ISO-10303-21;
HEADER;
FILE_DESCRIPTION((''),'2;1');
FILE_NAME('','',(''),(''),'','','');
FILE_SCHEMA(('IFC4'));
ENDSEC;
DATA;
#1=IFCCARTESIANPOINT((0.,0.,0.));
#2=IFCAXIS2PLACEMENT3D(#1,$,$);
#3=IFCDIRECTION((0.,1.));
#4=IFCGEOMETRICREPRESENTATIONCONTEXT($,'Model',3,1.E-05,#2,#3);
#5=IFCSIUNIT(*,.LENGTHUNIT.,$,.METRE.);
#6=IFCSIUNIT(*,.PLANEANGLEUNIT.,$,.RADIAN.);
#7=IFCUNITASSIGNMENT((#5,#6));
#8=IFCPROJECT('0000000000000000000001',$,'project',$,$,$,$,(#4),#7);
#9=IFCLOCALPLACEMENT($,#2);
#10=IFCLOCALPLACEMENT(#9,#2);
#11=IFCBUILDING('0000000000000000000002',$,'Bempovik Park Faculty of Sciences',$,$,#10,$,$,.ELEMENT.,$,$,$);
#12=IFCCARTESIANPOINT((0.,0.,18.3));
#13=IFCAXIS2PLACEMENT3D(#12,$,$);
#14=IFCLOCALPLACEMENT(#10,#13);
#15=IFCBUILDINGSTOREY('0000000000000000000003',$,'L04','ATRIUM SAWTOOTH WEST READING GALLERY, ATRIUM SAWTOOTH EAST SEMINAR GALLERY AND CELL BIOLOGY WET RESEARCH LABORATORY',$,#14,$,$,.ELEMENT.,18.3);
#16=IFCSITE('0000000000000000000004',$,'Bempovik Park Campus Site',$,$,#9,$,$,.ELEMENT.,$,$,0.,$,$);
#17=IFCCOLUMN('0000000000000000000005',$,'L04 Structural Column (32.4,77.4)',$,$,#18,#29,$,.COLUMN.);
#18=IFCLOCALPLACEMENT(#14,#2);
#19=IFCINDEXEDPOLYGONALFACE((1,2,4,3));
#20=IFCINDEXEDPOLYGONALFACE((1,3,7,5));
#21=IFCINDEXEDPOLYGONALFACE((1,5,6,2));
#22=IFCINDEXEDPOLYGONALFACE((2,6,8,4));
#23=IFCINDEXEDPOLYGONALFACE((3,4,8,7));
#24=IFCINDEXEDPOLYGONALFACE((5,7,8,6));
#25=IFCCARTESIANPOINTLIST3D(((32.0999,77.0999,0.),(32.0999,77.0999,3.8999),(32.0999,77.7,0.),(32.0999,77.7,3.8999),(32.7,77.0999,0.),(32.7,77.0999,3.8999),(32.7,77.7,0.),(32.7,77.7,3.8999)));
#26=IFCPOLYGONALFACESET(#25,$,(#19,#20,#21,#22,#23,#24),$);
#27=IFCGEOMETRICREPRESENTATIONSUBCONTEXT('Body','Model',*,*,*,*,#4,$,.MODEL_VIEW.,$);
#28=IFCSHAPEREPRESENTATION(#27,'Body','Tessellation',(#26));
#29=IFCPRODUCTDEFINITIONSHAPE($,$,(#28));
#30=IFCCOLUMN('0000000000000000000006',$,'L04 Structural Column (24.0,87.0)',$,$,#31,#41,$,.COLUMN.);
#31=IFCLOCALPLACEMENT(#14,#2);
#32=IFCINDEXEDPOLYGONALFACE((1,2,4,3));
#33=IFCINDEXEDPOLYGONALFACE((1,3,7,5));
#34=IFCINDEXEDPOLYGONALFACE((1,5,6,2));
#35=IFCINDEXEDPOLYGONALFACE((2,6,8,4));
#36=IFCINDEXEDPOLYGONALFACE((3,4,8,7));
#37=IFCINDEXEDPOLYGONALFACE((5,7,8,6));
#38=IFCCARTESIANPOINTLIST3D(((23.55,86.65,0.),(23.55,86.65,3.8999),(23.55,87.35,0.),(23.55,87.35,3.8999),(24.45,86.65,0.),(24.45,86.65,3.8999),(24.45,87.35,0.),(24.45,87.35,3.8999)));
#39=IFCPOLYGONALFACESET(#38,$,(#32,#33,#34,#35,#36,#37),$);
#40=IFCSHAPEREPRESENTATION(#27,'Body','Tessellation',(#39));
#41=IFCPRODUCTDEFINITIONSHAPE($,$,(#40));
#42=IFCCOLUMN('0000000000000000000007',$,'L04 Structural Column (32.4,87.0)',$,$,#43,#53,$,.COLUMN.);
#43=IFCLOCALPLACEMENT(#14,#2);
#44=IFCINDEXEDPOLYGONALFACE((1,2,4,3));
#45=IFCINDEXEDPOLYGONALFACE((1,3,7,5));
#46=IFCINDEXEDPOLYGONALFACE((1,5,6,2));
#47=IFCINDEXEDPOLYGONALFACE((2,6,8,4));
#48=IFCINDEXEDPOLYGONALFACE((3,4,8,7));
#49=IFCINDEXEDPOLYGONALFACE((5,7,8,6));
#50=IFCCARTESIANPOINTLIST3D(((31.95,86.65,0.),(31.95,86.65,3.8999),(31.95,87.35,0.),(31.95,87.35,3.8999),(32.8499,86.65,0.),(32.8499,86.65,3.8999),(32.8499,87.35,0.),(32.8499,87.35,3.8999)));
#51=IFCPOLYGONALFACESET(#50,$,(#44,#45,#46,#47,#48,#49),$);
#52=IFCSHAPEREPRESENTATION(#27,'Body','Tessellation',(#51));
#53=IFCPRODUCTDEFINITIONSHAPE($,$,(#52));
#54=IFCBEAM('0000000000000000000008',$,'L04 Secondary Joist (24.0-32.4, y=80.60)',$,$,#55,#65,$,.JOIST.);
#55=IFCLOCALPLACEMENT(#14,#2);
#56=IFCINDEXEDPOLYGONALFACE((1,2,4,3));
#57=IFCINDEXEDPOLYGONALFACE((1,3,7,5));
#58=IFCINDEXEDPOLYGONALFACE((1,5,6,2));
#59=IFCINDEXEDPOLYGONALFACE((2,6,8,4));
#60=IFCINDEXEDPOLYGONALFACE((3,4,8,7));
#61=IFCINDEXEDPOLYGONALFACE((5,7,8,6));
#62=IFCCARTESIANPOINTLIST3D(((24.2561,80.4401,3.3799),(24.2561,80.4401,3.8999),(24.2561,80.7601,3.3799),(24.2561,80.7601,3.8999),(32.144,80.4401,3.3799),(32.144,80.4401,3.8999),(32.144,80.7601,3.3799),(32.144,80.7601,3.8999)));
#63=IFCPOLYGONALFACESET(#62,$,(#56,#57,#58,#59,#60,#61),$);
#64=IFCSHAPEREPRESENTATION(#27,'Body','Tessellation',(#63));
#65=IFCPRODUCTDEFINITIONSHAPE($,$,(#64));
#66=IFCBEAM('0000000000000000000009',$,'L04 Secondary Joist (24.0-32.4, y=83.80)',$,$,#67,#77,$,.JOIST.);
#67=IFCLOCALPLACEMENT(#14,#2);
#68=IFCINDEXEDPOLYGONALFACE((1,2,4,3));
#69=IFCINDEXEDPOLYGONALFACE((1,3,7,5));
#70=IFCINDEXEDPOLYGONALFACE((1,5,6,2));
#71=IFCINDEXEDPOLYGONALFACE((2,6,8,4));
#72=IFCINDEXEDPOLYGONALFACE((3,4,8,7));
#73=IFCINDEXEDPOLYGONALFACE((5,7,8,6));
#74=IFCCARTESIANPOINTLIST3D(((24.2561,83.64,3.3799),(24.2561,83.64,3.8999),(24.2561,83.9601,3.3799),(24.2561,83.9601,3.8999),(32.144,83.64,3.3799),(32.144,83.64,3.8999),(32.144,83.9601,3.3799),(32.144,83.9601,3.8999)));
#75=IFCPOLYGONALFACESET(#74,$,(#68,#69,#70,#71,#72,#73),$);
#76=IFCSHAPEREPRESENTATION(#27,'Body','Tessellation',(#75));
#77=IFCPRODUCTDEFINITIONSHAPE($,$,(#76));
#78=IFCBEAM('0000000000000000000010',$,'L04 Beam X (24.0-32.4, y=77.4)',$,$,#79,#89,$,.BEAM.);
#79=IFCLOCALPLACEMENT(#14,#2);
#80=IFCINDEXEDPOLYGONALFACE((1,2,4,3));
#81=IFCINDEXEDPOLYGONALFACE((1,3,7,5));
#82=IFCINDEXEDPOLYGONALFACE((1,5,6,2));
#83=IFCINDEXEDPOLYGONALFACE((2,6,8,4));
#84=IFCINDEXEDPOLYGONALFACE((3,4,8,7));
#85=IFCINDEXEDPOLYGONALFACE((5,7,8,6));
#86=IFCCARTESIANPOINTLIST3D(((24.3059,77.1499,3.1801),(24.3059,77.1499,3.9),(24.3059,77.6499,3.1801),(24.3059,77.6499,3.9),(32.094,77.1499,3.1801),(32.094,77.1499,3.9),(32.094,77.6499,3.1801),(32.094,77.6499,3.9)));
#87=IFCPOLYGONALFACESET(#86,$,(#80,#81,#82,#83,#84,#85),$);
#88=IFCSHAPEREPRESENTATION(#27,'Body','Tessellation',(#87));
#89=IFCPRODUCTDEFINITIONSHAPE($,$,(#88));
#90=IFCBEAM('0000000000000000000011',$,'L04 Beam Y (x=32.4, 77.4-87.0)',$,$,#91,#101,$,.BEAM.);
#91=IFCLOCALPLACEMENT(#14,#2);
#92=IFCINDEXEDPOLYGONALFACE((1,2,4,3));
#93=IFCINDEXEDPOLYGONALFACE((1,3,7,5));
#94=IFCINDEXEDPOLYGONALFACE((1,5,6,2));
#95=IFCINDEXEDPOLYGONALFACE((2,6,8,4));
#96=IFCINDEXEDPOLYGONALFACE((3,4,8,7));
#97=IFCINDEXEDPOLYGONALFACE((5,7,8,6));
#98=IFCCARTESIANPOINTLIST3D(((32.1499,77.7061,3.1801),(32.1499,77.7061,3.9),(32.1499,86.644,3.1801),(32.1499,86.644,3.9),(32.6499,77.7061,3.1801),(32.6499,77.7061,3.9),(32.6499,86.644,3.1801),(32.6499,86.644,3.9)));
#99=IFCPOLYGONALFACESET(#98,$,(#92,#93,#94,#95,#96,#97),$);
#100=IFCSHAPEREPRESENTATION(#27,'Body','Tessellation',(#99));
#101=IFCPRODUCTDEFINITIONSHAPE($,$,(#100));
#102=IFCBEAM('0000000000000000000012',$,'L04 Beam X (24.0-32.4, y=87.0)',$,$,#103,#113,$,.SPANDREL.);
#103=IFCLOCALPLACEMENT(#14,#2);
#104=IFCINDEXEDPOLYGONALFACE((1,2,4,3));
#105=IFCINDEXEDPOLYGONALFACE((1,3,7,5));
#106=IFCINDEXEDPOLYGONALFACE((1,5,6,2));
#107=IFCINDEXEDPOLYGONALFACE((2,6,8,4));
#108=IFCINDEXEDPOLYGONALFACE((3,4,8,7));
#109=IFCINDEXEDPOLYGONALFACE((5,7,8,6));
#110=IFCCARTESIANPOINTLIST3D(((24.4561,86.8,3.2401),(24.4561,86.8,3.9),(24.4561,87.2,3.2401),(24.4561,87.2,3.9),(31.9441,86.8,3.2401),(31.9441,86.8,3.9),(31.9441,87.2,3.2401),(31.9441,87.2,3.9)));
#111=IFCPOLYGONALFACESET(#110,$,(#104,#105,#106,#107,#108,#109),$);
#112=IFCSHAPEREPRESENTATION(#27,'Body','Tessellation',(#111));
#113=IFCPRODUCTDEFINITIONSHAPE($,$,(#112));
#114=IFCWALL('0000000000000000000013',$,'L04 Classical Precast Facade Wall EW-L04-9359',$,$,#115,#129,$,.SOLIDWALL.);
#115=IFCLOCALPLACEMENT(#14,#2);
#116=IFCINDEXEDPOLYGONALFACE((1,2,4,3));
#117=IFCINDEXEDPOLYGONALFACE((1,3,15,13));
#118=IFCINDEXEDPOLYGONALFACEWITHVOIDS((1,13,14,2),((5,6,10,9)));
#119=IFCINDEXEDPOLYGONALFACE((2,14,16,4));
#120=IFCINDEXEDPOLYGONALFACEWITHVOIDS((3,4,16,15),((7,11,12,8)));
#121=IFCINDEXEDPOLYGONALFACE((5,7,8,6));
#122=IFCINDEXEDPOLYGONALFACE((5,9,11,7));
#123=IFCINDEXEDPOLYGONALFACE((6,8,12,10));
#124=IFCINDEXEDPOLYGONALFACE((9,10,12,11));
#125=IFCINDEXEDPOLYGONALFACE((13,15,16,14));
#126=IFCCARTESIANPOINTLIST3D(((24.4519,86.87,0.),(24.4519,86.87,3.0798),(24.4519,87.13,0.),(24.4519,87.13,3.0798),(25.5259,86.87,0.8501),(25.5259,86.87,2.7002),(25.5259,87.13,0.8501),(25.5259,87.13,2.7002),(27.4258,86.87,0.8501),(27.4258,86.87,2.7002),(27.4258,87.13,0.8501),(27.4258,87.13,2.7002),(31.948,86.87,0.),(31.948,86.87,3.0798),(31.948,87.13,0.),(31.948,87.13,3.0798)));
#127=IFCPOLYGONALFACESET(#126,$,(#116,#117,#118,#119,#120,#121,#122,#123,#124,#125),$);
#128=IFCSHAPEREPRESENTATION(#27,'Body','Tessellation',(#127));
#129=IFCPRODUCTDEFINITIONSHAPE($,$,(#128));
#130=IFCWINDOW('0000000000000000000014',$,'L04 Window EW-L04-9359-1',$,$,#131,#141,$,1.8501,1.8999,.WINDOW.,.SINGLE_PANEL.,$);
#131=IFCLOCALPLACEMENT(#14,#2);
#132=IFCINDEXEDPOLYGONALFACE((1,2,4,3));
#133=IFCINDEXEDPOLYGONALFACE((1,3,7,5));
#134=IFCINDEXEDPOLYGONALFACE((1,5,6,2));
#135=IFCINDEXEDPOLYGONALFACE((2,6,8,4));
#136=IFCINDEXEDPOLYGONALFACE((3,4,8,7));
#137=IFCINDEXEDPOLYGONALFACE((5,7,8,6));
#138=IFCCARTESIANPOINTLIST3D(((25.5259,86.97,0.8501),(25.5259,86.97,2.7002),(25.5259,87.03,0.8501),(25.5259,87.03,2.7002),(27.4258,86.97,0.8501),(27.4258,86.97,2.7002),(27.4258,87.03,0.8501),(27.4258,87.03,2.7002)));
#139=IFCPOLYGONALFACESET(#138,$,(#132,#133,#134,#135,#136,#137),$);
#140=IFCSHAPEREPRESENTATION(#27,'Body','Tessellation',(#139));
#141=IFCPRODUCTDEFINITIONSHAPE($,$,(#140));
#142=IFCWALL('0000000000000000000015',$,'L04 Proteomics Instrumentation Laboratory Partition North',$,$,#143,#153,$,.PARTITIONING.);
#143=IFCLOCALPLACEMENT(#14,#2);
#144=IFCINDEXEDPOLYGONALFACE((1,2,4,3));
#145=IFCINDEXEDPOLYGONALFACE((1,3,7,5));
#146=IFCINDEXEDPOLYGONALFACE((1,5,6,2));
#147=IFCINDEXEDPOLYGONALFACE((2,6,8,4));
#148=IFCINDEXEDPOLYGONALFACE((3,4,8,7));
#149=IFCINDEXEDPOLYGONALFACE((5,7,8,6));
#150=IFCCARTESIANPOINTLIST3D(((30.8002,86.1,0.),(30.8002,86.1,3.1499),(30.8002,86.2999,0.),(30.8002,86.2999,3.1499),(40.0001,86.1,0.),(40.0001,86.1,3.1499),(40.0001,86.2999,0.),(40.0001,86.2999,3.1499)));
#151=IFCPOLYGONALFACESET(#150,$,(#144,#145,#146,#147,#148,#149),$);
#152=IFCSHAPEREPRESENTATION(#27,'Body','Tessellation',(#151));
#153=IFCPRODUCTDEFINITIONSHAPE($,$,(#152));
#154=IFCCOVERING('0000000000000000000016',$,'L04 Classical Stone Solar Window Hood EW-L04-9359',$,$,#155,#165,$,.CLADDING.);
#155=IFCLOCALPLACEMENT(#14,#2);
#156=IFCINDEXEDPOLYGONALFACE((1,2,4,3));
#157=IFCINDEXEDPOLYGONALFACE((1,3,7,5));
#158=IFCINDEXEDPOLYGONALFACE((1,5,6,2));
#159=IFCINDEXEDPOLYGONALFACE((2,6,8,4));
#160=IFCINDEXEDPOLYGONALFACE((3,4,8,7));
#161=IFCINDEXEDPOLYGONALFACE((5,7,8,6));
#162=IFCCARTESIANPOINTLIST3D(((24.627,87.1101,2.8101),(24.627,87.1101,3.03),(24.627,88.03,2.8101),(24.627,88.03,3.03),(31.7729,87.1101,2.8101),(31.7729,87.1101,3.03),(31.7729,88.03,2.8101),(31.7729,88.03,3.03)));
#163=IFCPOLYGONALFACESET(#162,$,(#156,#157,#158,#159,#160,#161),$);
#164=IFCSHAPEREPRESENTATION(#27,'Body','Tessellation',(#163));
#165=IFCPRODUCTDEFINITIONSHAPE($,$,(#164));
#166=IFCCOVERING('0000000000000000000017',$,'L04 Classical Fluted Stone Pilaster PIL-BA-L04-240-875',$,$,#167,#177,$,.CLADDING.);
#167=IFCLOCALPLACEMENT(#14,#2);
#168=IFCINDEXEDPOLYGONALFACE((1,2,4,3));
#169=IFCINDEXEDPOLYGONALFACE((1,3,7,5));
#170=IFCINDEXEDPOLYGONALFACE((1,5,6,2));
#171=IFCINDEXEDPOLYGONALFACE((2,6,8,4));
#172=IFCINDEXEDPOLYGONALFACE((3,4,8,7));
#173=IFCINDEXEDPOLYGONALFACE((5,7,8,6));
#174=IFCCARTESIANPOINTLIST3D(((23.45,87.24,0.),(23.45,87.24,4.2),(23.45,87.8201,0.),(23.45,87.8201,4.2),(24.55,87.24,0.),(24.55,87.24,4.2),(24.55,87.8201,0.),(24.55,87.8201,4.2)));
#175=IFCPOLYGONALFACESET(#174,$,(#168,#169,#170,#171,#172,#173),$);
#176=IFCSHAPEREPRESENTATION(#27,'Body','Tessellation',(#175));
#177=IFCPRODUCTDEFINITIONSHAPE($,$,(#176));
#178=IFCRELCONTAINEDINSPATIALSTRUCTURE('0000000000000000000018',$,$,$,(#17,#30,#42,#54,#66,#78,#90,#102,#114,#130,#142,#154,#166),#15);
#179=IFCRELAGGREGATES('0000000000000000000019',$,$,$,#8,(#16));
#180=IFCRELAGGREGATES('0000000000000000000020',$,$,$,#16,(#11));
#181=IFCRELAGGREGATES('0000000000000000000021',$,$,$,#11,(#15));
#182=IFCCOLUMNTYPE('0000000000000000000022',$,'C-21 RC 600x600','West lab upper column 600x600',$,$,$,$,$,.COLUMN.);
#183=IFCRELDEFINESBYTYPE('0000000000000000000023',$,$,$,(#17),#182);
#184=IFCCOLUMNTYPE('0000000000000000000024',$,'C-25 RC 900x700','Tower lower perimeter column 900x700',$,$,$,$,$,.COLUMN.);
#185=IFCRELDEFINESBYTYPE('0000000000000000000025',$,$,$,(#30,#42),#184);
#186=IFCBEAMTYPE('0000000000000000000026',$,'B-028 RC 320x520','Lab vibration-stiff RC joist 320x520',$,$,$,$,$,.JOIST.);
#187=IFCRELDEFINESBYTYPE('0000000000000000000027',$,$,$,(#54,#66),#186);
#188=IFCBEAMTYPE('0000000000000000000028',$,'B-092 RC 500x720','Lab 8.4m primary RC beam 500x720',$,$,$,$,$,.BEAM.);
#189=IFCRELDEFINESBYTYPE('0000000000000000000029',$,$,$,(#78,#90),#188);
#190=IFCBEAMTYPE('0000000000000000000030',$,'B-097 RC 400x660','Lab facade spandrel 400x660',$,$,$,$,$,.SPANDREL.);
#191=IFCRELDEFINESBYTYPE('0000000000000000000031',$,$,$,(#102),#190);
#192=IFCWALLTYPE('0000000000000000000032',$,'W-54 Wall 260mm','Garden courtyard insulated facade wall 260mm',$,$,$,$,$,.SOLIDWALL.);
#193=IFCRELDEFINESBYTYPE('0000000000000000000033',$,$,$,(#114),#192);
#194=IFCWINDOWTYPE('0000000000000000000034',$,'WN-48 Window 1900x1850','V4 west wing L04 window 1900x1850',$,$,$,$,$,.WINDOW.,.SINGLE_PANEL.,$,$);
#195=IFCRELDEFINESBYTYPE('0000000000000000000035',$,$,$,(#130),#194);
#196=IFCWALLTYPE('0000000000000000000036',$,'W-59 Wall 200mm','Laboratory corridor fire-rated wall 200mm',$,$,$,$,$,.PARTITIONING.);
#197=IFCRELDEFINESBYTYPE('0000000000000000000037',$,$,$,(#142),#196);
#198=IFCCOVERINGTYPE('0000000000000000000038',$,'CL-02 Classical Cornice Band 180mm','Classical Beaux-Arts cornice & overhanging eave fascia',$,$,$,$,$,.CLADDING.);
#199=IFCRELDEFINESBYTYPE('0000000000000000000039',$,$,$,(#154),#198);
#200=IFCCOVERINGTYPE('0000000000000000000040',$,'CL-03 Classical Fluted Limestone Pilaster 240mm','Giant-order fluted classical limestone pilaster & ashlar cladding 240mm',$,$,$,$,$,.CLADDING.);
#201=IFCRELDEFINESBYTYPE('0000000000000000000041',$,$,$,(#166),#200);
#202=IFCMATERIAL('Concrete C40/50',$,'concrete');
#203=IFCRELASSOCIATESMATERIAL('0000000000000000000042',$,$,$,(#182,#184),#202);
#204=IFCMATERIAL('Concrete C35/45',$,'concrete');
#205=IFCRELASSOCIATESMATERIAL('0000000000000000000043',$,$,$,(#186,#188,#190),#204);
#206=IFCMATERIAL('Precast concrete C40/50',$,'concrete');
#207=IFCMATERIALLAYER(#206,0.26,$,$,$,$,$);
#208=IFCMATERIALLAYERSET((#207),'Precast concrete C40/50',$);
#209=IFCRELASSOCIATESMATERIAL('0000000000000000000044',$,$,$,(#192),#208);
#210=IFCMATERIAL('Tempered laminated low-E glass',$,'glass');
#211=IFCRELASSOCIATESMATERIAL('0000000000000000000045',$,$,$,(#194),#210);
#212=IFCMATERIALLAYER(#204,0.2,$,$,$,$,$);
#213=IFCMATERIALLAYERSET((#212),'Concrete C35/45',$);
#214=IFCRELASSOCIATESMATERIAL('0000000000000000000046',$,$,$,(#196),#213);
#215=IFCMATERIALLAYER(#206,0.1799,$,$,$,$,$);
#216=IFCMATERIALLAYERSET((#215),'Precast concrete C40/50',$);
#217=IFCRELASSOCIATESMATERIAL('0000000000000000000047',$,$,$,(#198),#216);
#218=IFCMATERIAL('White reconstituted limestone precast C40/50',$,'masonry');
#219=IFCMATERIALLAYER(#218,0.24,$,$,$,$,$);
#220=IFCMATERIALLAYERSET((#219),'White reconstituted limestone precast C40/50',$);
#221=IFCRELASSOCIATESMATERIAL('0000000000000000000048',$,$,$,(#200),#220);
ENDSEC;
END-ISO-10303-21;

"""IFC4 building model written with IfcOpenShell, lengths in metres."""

from ifc_helpers import new_model, si_unit, direction, frame, frame_2d, origin, origin_2d, place, context, subcontext, project, spatial, rectangle, extrude, material, layer, layer_set, material_profile, profile_set, type_object, element, fill, save


model = new_model("IFC4")

# Units and contexts
model_context = context("Model", 3, precision=1e-05, world=origin(), true_north=direction((0.0, 1.0)))
body_context = subcontext(model_context, "Body", "Model", "MODEL_VIEW")
ifc_project = project(units=[si_unit("LENGTHUNIT", "METRE"), si_unit("PLANEANGLEUNIT", "RADIAN")], contexts=[model_context])

# Site, building, storey
site_placement = place(None, origin())
site = spatial("IfcSite", under=ifc_project, at=site_placement, Name="Bempovik Park Campus Site", CompositionType="ELEMENT", RefElevation=0.0)
building_placement = place(site_placement, origin())
building = spatial("IfcBuilding", under=site, at=building_placement, Name="Bempovik Park Faculty of Sciences", CompositionType="ELEMENT")
storey_placement = place(building_placement, frame((0.0, 0.0, 18.3)))
storey = spatial("IfcBuildingStorey", under=building, at=storey_placement, Name="L04", Description="ATRIUM SAWTOOTH WEST READING GALLERY, ATRIUM SAWTOOTH EAST SEMINAR GALLERY AND CELL BIOLOGY WET RESEARCH LABORATORY", CompositionType="ELEMENT", Elevation=18.3)

# Columns
ifc_material_1 = material(Name="Concrete C40/50", Category="concrete")
ifc_material_profile_1 = material_profile(ifc_material_1, rectangle(XDim=0.6001, YDim=0.6001, at=origin_2d()), Name="RC 600x600")
ifc_profile_set_1 = profile_set([ifc_material_profile_1], Name="Concrete C40/50")
column_type_1 = type_object("IfcColumnType", Name="C-21 RC 600x600", Description="West lab upper column 600x600", PredefinedType="COLUMN", material=ifc_profile_set_1)
column_placement = place(storey_placement, frame((32.3999, 77.3999, 0.0), z_axis=(0.0, 0.0, 1.0), x_axis=(1.0, 0.0, 0.0)))
element("IfcColumn", 1, at=column_placement, inside=storey, type_object=column_type_1, Name="L04 Structural Column (32.4,77.4)", PredefinedType="COLUMN", context=body_context, shape_type="SweptSolid", body=[
    extrude(rectangle(XDim=0.6001, YDim=0.6001, at=origin_2d()), origin(), (0.0, 0.0, 1.0), 3.8999),
])
ifc_material_profile_2 = material_profile(ifc_material_1, rectangle(XDim=0.8999, YDim=0.7, at=origin_2d()), Name="RC 900x700")
ifc_profile_set_2 = profile_set([ifc_material_profile_2], Name="Concrete C40/50")
column_type_2 = type_object("IfcColumnType", Name="C-25 RC 900x700", Description="Tower lower perimeter column 900x700", PredefinedType="COLUMN", material=ifc_profile_set_2)
for number, where, z_axis, x_axis, name in (
    (2, (24.0, 87.0, 0.0), (0.0, 0.0, 1.0), (1.0, 0.0, 0.0), "L04 Structural Column (24.0,87.0)"),
    (3, (32.3999, 87.0, 0.0), (0.0, 0.0, 1.0), (1.0, 0.0, 0.0), "L04 Structural Column (32.4,87.0)"),
):
    element("IfcColumn", number, at=place(storey_placement, frame(where, z_axis=z_axis, x_axis=x_axis)), inside=storey, type_object=column_type_2, Name=name, PredefinedType="COLUMN", context=body_context, shape_type="SweptSolid", body=[
        extrude(rectangle(XDim=0.8999, YDim=0.7, at=origin_2d()), origin(), (0.0, 0.0, 1.0), 3.8999),
    ])

# Beams
ifc_material_2 = material(Name="Concrete C35/45", Category="concrete")
ifc_material_profile_3 = material_profile(ifc_material_2, rectangle(XDim=0.3201, YDim=0.52, at=origin_2d()), Name="RC 320x520")
ifc_profile_set_3 = profile_set([ifc_material_profile_3], Name="Concrete C35/45")
beam_type_1 = type_object("IfcBeamType", Name="B-028 RC 320x520", Description="Lab vibration-stiff RC joist 320x520", PredefinedType="JOIST", material=ifc_profile_set_3)
for number, where, z_axis, x_axis, name in (
    (4, (24.2561, 80.6001, 3.6399), (1.0, 0.0, 0.0), (0.0, 1.0, 0.0), "L04 Secondary Joist (24.0-32.4, y=80.60)"),
    (5, (24.2561, 83.8, 3.6399), (1.0, 0.0, 0.0), (0.0, 1.0, 0.0), "L04 Secondary Joist (24.0-32.4, y=83.80)"),
):
    element("IfcBeam", number, at=place(storey_placement, frame(where, z_axis=z_axis, x_axis=x_axis)), inside=storey, type_object=beam_type_1, Name=name, PredefinedType="JOIST", context=body_context, shape_type="SweptSolid", body=[
        extrude(rectangle(XDim=0.3201, YDim=0.52, at=origin_2d()), origin(), (0.0, 0.0, 1.0), 7.8879),
    ])
ifc_material_profile_4 = material_profile(ifc_material_2, rectangle(XDim=0.5, YDim=0.72, at=origin_2d()), Name="RC 500x720")
ifc_profile_set_4 = profile_set([ifc_material_profile_4], Name="Concrete C35/45")
beam_type_2 = type_object("IfcBeamType", Name="B-092 RC 500x720", Description="Lab 8.4m primary RC beam 500x720", PredefinedType="BEAM", material=ifc_profile_set_4)
beam_1_placement = place(storey_placement, frame((24.3059, 77.3999, 3.54), z_axis=(1.0, 0.0, 0.0), x_axis=(0.0, 1.0, 0.0)))
element("IfcBeam", 6, at=beam_1_placement, inside=storey, type_object=beam_type_2, Name="L04 Beam X (24.0-32.4, y=77.4)", PredefinedType="BEAM", context=body_context, shape_type="SweptSolid", body=[
    extrude(rectangle(XDim=0.5, YDim=0.72, at=origin_2d()), origin(), (0.0, 0.0, 1.0), 7.7881),
])
beam_2_placement = place(storey_placement, frame((32.3999, 77.7061, 3.54), z_axis=(0.0, 1.0, 0.0), x_axis=(-1.0, 0.0, 0.0)))
element("IfcBeam", 7, at=beam_2_placement, inside=storey, type_object=beam_type_2, Name="L04 Beam Y (x=32.4, 77.4-87.0)", PredefinedType="BEAM", context=body_context, shape_type="SweptSolid", body=[
    extrude(rectangle(XDim=0.5, YDim=0.72, at=origin_2d()), origin(), (0.0, 0.0, 1.0), 8.938),
])
ifc_material_profile_5 = material_profile(ifc_material_2, rectangle(XDim=0.3999, YDim=0.6599, at=origin_2d()), Name="RC 400x660")
ifc_profile_set_5 = profile_set([ifc_material_profile_5], Name="Concrete C35/45")
beam_type_3 = type_object("IfcBeamType", Name="B-097 RC 400x660", Description="Lab facade spandrel 400x660", PredefinedType="SPANDREL", material=ifc_profile_set_5)
beam_3_placement = place(storey_placement, frame((24.4561, 87.0, 3.5701), z_axis=(1.0, 0.0, 0.0), x_axis=(0.0, 1.0, 0.0)))
element("IfcBeam", 8, at=beam_3_placement, inside=storey, type_object=beam_type_3, Name="L04 Beam X (24.0-32.4, y=87.0)", PredefinedType="SPANDREL", context=body_context, shape_type="SweptSolid", body=[
    extrude(rectangle(XDim=0.3999, YDim=0.6599, at=origin_2d()), origin(), (0.0, 0.0, 1.0), 7.488),
])

# Wall, opening, window
ifc_material_3 = material(Name="Precast concrete C40/50", Category="concrete")
ifc_layer_1 = layer(ifc_material_3, 0.26)
ifc_layer_set_1 = layer_set([ifc_layer_1], Name="Precast concrete C40/50")
wall_type_1 = type_object("IfcWallType", Name="W-54 Wall 260mm", Description="Garden courtyard insulated facade wall 260mm", PredefinedType="SOLIDWALL", material=ifc_layer_set_1)
wall_1_placement = place(storey_placement, frame((24.4519, 87.0, 0.0), z_axis=(0.0, 0.0, 1.0), x_axis=(1.0, 0.0, 0.0)))
wall_1 = element("IfcWall", 9, at=wall_1_placement, inside=storey, type_object=wall_type_1, Name="L04 Classical Precast Facade Wall EW-L04-9359", PredefinedType="SOLIDWALL", context=body_context, shape_type="SweptSolid", body=[
    extrude(rectangle(XDim=7.4961, YDim=0.26, at=frame_2d((3.748, 0.0))), origin(), (0.0, 0.0, 1.0), 3.0798),
])
opening_placement = place(wall_1_placement, frame((1.074, 0.0, 0.8501)))
opening = element("IfcOpeningElement", 10, at=opening_placement, cuts=wall_1, PredefinedType="OPENING", context=body_context, shape_type="SweptSolid", body=[
    extrude(rectangle(XDim=1.8999, YDim=1.8501, at=frame_2d((0.95, 0.925))), frame((0.0, 0.1401, 0.0), z_axis=(0.0, -1.0, 0.0), x_axis=(1.0, 0.0, 0.0)), (0.0, 0.0, 1.0), 0.28),
])
ifc_material_4 = material(Name="Tempered laminated low-E glass", Category="glass")
window_type = type_object("IfcWindowType", Name="WN-48 Window 1900x1850", Description="V4 west wing L04 window 1900x1850", PartitioningType="SINGLE_PANEL", PredefinedType="WINDOW", material=ifc_material_4)
window_placement = place(opening_placement, origin())
window = element("IfcWindow", 11, at=window_placement, inside=storey, type_object=window_type, Name="L04 Window EW-L04-9359-1", OverallHeight=1.8501, OverallWidth=1.8999, PartitioningType="SINGLE_PANEL", PredefinedType="WINDOW", context=body_context, shape_type="SweptSolid", body=[
    extrude(rectangle(XDim=1.8999, YDim=1.8501, at=frame_2d((0.95, 0.925))), frame((0.0, 0.03, 0.0), z_axis=(0.0, -1.0, 0.0), x_axis=(1.0, 0.0, 0.0)), (0.0, 0.0, 1.0), 0.0601),
])
fill(opening, window)

# Wall
ifc_layer_2 = layer(ifc_material_2, 0.2)
ifc_layer_set_2 = layer_set([ifc_layer_2], Name="Concrete C35/45")
wall_type_2 = type_object("IfcWallType", Name="W-59 Wall 200mm", Description="Laboratory corridor fire-rated wall 200mm", PredefinedType="PARTITIONING", material=ifc_layer_set_2)
wall_2_placement = place(storey_placement, frame((30.8, 86.2, 0.0), z_axis=(0.0, 0.0, 1.0), x_axis=(1.0, 0.0, 0.0)))
element("IfcWall", 12, at=wall_2_placement, inside=storey, type_object=wall_type_2, Name="L04 Proteomics Instrumentation Laboratory Partition North", PredefinedType="PARTITIONING", context=body_context, shape_type="SweptSolid", body=[
    extrude(rectangle(XDim=9.2, YDim=0.2, at=frame_2d((4.6001, 0.0))), origin(), (0.0, 0.0, 1.0), 3.1499),
])

# Coverings
ifc_layer_3 = layer(ifc_material_3, 0.1799)
ifc_layer_set_3 = layer_set([ifc_layer_3], Name="Precast concrete C40/50")
covering_type_1 = type_object("IfcCoveringType", Name="CL-02 Classical Cornice Band 180mm", Description="Classical Beaux-Arts cornice & overhanging eave fascia", PredefinedType="CLADDING", material=ifc_layer_set_3)
covering_1_placement = place(storey_placement, frame((28.2, 87.5701, 2.8101), z_axis=(0.0, 0.0, 1.0), x_axis=(1.0, 0.0, 0.0)))
element("IfcCovering", 13, at=covering_1_placement, inside=storey, type_object=covering_type_1, Name="L04 Classical Stone Solar Window Hood EW-L04-9359", PredefinedType="CLADDING", context=body_context, shape_type="SweptSolid", body=[
    extrude(rectangle(XDim=7.146, YDim=0.9199, at=origin_2d()), origin(), (0.0, 0.0, 1.0), 0.22),
])
ifc_material_5 = material(Name="White reconstituted limestone precast C40/50", Category="masonry")
ifc_layer_4 = layer(ifc_material_5, 0.24)
ifc_layer_set_4 = layer_set([ifc_layer_4], Name="White reconstituted limestone precast C40/50")
covering_type_2 = type_object("IfcCoveringType", Name="CL-03 Classical Fluted Limestone Pilaster 240mm", Description="Giant-order fluted classical limestone pilaster & ashlar cladding 240mm", PredefinedType="CLADDING", material=ifc_layer_set_4)
covering_2_placement = place(storey_placement, frame((24.0, 87.53, 0.0), z_axis=(0.0, 0.0, 1.0), x_axis=(1.0, 0.0, 0.0)))
element("IfcCovering", 14, at=covering_2_placement, inside=storey, type_object=covering_type_2, Name="L04 Classical Fluted Stone Pilaster PIL-BA-L04-240-875", PredefinedType="CLADDING", context=body_context, shape_type="SweptSolid", body=[
    extrude(rectangle(XDim=1.1001, YDim=0.5801, at=origin_2d()), origin(), (0.0, 0.0, 1.0), 4.2),
])

save(model, "model.ifc")
